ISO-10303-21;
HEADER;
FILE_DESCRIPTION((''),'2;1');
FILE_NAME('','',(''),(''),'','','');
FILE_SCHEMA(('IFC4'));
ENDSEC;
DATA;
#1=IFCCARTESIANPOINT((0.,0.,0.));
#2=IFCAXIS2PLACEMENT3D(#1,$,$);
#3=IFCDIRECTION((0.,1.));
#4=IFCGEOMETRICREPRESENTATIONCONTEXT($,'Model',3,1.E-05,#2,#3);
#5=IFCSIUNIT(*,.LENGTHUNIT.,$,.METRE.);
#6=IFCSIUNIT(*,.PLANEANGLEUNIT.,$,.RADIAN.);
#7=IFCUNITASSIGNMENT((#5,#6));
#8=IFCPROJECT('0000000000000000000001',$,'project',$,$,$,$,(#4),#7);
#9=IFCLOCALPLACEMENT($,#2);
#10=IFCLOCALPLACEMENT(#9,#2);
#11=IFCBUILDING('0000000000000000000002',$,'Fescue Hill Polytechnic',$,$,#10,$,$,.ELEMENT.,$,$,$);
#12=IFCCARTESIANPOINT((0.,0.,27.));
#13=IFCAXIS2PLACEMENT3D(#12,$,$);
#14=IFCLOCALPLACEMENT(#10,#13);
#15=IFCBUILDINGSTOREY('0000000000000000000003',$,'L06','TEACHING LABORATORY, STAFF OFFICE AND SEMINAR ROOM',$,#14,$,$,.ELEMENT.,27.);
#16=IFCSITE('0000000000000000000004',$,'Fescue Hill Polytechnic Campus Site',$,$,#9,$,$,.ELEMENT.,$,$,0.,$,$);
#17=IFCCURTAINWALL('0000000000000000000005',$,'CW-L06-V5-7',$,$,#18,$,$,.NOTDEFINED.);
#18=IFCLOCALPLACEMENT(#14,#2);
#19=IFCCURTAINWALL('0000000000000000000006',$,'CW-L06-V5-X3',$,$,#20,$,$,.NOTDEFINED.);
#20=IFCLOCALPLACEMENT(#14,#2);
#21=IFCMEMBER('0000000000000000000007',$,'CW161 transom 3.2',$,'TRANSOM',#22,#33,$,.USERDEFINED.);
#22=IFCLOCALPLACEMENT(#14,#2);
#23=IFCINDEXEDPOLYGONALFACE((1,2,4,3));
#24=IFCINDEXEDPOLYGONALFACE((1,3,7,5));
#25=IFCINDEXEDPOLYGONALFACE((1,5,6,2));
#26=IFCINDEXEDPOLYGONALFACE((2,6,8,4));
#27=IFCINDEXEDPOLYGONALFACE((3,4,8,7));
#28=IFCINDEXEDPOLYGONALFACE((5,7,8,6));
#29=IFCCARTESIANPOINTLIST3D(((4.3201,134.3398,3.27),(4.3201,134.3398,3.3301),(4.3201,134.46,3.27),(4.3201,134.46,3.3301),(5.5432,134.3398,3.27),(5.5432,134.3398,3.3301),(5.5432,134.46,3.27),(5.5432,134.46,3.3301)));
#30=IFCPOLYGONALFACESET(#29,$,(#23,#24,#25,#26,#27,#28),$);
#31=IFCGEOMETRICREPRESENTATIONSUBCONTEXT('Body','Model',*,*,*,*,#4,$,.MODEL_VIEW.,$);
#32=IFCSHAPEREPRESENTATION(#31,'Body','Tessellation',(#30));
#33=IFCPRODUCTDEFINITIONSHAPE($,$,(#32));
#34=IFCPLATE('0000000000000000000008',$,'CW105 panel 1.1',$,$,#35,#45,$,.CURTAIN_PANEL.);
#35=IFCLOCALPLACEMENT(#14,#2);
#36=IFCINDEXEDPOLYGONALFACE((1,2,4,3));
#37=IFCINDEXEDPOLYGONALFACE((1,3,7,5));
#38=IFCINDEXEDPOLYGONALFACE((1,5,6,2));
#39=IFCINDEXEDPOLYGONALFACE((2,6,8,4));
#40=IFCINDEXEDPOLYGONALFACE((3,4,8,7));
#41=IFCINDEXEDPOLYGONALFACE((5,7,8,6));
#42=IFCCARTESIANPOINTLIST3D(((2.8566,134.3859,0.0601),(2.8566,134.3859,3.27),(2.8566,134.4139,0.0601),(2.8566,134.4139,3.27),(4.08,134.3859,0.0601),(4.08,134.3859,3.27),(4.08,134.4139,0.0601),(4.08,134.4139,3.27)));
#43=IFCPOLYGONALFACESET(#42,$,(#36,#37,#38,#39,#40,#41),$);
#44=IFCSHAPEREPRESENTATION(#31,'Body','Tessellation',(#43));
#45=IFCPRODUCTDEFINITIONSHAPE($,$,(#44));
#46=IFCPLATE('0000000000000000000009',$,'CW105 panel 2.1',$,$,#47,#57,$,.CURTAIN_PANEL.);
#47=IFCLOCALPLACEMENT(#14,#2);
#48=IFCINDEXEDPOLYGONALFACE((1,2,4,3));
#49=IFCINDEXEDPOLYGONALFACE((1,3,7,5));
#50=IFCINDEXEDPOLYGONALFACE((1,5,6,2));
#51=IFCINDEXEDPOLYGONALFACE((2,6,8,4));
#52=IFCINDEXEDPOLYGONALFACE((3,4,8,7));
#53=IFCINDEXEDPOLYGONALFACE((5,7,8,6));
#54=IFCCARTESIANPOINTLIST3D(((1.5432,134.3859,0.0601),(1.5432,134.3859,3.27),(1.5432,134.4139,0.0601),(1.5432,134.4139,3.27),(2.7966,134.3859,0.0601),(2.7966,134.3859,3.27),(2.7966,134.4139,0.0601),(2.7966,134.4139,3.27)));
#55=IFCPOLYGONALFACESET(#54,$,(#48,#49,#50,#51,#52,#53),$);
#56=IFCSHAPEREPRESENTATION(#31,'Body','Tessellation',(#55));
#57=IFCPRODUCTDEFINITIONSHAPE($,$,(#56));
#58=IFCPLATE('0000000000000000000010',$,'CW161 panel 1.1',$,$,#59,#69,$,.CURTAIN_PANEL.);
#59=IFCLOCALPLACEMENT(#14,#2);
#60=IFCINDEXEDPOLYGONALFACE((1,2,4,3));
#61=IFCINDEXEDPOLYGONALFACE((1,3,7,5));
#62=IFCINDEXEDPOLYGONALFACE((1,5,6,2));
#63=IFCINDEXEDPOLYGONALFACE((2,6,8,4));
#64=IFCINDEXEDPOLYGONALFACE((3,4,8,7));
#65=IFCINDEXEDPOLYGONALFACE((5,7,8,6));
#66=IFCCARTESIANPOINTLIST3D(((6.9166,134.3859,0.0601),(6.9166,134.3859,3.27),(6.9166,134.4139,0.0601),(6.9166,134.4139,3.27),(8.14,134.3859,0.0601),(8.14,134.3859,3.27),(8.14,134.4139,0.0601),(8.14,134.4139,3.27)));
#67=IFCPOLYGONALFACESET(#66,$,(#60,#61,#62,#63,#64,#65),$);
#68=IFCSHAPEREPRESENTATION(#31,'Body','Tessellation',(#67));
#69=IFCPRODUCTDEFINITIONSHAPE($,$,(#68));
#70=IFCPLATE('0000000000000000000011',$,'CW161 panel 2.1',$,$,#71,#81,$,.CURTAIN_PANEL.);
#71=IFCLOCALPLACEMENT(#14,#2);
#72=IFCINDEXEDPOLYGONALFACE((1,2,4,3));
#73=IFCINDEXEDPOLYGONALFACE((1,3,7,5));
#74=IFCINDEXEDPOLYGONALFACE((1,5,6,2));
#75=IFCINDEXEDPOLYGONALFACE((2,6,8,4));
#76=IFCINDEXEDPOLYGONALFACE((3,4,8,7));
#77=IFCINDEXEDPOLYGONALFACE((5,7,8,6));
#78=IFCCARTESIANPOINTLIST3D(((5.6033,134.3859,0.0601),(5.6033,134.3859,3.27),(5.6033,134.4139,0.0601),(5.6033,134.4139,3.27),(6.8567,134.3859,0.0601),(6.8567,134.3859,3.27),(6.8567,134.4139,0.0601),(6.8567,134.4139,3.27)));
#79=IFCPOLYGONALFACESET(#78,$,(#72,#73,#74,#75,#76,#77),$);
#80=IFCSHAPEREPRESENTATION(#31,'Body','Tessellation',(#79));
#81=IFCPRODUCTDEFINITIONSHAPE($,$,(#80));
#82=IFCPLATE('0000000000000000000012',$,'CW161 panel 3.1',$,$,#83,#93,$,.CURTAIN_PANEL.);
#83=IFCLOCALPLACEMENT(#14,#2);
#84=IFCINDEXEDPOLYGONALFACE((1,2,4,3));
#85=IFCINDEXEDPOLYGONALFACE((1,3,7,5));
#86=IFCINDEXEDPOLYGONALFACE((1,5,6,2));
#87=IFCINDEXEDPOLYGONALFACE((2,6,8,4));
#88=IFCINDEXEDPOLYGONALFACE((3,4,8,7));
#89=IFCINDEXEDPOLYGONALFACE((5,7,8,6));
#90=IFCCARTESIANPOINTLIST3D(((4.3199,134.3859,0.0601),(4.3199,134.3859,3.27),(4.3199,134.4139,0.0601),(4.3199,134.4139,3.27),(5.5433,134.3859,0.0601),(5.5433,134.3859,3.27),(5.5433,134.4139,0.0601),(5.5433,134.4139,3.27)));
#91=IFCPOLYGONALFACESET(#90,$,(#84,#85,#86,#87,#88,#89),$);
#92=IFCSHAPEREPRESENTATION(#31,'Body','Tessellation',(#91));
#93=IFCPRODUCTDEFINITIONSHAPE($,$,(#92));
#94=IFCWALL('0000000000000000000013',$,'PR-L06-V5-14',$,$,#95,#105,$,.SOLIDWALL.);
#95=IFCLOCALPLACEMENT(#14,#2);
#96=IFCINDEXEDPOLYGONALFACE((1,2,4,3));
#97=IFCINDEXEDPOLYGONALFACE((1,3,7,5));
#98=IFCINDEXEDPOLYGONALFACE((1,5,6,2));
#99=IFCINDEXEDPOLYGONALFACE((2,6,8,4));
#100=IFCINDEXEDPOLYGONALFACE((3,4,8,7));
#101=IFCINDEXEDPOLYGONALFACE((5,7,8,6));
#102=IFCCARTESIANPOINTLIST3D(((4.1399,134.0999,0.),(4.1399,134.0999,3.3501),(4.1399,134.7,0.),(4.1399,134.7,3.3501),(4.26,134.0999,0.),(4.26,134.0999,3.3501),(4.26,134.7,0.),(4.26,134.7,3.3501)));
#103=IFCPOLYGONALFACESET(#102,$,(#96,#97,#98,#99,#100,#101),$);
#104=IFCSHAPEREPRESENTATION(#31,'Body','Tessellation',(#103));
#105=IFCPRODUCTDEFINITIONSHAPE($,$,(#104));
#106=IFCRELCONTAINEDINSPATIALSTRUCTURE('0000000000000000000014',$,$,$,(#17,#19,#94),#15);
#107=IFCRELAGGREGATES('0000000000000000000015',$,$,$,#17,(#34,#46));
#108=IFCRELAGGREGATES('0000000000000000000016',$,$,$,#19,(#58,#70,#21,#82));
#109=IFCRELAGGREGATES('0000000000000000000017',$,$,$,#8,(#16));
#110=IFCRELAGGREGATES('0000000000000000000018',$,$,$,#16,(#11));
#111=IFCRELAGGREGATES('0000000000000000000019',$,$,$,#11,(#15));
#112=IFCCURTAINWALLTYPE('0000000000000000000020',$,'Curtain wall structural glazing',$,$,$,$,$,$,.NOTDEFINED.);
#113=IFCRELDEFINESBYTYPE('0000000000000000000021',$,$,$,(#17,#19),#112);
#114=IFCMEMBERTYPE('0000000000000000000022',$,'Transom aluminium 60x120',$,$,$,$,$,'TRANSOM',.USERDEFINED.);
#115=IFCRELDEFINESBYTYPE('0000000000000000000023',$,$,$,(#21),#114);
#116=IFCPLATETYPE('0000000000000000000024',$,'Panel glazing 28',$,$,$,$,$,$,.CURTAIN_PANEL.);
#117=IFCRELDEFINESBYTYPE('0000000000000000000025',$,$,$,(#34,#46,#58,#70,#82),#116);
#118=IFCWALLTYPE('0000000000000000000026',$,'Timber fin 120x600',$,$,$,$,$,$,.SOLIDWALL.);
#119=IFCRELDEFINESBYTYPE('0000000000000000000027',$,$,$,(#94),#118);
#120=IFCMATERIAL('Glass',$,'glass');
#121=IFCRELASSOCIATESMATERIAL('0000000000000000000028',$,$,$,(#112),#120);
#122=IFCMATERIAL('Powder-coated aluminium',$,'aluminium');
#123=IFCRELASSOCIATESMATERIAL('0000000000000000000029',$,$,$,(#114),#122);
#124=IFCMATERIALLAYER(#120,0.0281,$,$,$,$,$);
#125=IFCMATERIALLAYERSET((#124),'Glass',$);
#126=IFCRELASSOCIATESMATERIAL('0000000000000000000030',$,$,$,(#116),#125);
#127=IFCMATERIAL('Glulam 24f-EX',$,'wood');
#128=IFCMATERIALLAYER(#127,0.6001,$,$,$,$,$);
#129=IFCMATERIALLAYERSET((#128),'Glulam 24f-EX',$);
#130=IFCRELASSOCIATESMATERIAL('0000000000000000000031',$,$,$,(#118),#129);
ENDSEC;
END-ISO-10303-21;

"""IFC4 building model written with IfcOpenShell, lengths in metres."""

from ifc_helpers import new_model, si_unit, direction, frame, frame_2d, origin, origin_2d, place, context, subcontext, project, spatial, rectangle, extrude, material, layer, layer_set, material_profile, profile_set, type_object, element, aggregate, save


model = new_model("IFC4")

# Units and contexts
model_context = context("Model", 3, precision=1e-05, world=origin(), true_north=direction((0.0, 1.0)))
body_context = subcontext(model_context, "Body", "Model", "MODEL_VIEW")
ifc_project = project(units=[si_unit("LENGTHUNIT", "METRE"), si_unit("PLANEANGLEUNIT", "RADIAN")], contexts=[model_context])

# Site, building, storey
site_placement = place(None, origin())
site = spatial("IfcSite", under=ifc_project, at=site_placement, Name="Fescue Hill Polytechnic Campus Site", CompositionType="ELEMENT", RefElevation=0.0)
building_placement = place(site_placement, origin())
building = spatial("IfcBuilding", under=site, at=building_placement, Name="Fescue Hill Polytechnic", CompositionType="ELEMENT")
storey_placement = place(building_placement, frame((0.0, 0.0, 27.0)))
storey = spatial("IfcBuildingStorey", under=building, at=storey_placement, Name="L06", Description="TEACHING LABORATORY, STAFF OFFICE AND SEMINAR ROOM", CompositionType="ELEMENT", Elevation=27.0)

# Curtain walls
ifc_material_1 = material(Name="Glass", Category="glass")
curtain_wall_type = type_object("IfcCurtainWallType", Name="Curtain wall structural glazing", PredefinedType="NOTDEFINED", material=ifc_material_1)
curtain_wall_1_placement = place(storey_placement, origin())
curtain_wall_1 = element("IfcCurtainWall", 1, at=curtain_wall_1_placement, inside=storey, type_object=curtain_wall_type, Name="CW-L06-V5-7", PredefinedType="NOTDEFINED")
ifc_material_2 = material(Name="Powder-coated aluminium", Category="aluminium")
curtain_wall_2_placement = place(storey_placement, origin())
curtain_wall_2 = element("IfcCurtainWall", 2, at=curtain_wall_2_placement, inside=storey, type_object=curtain_wall_type, Name="CW-L06-V5-X3", PredefinedType="NOTDEFINED")

# Member
ifc_material_profile_1 = material_profile(ifc_material_2, rectangle(XDim=0.1201, YDim=0.0601, at=origin_2d()), Name="Transom aluminium 60x120")
ifc_profile_set_1 = profile_set([ifc_material_profile_1], Name="Powder-coated aluminium")
member_type_1 = type_object("IfcMemberType", Name="Transom aluminium 60x120", ElementType="TRANSOM", PredefinedType="USERDEFINED", material=ifc_profile_set_1)
member_1_placement = place(storey_placement, frame((5.5432, 134.3999, 3.3), z_axis=(-1.0, 0.0, 0.0), x_axis=(0.0, -1.0, 0.0)))
member_1 = element("IfcMember", 3, at=member_1_placement, type_object=member_type_1, Name="CW161 transom 3.2", ObjectType="TRANSOM", PredefinedType="USERDEFINED", context=body_context, shape_type="SweptSolid", body=[
    extrude(rectangle(XDim=0.1201, YDim=0.0601, at=origin_2d()), origin(), (0.0, 0.0, 1.0), 1.2231),
])

# Plates
ifc_layer_1 = layer(ifc_material_1, 0.0281)
ifc_layer_set_1 = layer_set([ifc_layer_1], Name="Glass")
plate_type = type_object("IfcPlateType", Name="Panel glazing 28", PredefinedType="CURTAIN_PANEL", material=ifc_layer_set_1)
plate_1_placement = place(storey_placement, frame((3.4683, 134.3999, 0.0601), z_axis=(0.0, 0.0, 1.0), x_axis=(-1.0, 0.0, 0.0)))
plate_1 = element("IfcPlate", 4, at=plate_1_placement, type_object=plate_type, Name="CW105 panel 1.1", PredefinedType="CURTAIN_PANEL", context=body_context, shape_type="SweptSolid", body=[
    extrude(rectangle(XDim=1.2234, YDim=0.0281, at=origin_2d()), origin(), (0.0, 0.0, 1.0), 3.21),
])
plate_2_placement = place(storey_placement, frame((2.1699, 134.3999, 0.0601), z_axis=(0.0, 0.0, 1.0), x_axis=(-1.0, 0.0, 0.0)))
plate_2 = element("IfcPlate", 5, at=plate_2_placement, type_object=plate_type, Name="CW105 panel 2.1", PredefinedType="CURTAIN_PANEL", context=body_context, shape_type="SweptSolid", body=[
    extrude(rectangle(XDim=1.2534, YDim=0.0281, at=origin_2d()), origin(), (0.0, 0.0, 1.0), 3.21),
])
aggregate(curtain_wall_1, [plate_1, plate_2])
plate_3_placement = place(storey_placement, frame((7.5283, 134.3999, 0.0601), z_axis=(0.0, 0.0, 1.0), x_axis=(-1.0, 0.0, 0.0)))
plate_3 = element("IfcPlate", 6, at=plate_3_placement, type_object=plate_type, Name="CW161 panel 1.1", PredefinedType="CURTAIN_PANEL", context=body_context, shape_type="SweptSolid", body=[
    extrude(rectangle(XDim=1.2234, YDim=0.0281, at=origin_2d()), origin(), (0.0, 0.0, 1.0), 3.21),
])
plate_4_placement = place(storey_placement, frame((6.23, 134.3999, 0.0601), z_axis=(0.0, 0.0, 1.0), x_axis=(-1.0, 0.0, 0.0)))
plate_4 = element("IfcPlate", 7, at=plate_4_placement, type_object=plate_type, Name="CW161 panel 2.1", PredefinedType="CURTAIN_PANEL", context=body_context, shape_type="SweptSolid", body=[
    extrude(rectangle(XDim=1.2534, YDim=0.0281, at=origin_2d()), origin(), (0.0, 0.0, 1.0), 3.21),
])
plate_5_placement = place(storey_placement, frame((4.9316, 134.3999, 0.0601), z_axis=(0.0, 0.0, 1.0), x_axis=(-1.0, 0.0, 0.0)))
plate_5 = element("IfcPlate", 8, at=plate_5_placement, type_object=plate_type, Name="CW161 panel 3.1", PredefinedType="CURTAIN_PANEL", context=body_context, shape_type="SweptSolid", body=[
    extrude(rectangle(XDim=1.2234, YDim=0.0281, at=origin_2d()), origin(), (0.0, 0.0, 1.0), 3.21),
])
aggregate(curtain_wall_2, [plate_3, plate_4, member_1, plate_5])

# Wall
ifc_material_3 = material(Name="Glulam 24f-EX", Category="wood")
ifc_layer_2 = layer(ifc_material_3, 0.6001)
ifc_layer_set_2 = layer_set([ifc_layer_2], Name="Glulam 24f-EX")
wall_type = type_object("IfcWallType", Name="Timber fin 120x600", PredefinedType="SOLIDWALL", material=ifc_layer_set_2)
wall_placement = place(storey_placement, frame((4.26, 134.3999, 0.0), z_axis=(0.0, 0.0, 1.0), x_axis=(-1.0, 0.0, 0.0)))
element("IfcWall", 9, at=wall_placement, inside=storey, type_object=wall_type, Name="PR-L06-V5-14", PredefinedType="SOLIDWALL", context=body_context, shape_type="SweptSolid", body=[
    extrude(rectangle(XDim=0.1201, YDim=0.6001, at=frame_2d((0.0601, 0.0))), origin(), (0.0, 0.0, 1.0), 3.3501),
])

save(model, "model.ifc")
